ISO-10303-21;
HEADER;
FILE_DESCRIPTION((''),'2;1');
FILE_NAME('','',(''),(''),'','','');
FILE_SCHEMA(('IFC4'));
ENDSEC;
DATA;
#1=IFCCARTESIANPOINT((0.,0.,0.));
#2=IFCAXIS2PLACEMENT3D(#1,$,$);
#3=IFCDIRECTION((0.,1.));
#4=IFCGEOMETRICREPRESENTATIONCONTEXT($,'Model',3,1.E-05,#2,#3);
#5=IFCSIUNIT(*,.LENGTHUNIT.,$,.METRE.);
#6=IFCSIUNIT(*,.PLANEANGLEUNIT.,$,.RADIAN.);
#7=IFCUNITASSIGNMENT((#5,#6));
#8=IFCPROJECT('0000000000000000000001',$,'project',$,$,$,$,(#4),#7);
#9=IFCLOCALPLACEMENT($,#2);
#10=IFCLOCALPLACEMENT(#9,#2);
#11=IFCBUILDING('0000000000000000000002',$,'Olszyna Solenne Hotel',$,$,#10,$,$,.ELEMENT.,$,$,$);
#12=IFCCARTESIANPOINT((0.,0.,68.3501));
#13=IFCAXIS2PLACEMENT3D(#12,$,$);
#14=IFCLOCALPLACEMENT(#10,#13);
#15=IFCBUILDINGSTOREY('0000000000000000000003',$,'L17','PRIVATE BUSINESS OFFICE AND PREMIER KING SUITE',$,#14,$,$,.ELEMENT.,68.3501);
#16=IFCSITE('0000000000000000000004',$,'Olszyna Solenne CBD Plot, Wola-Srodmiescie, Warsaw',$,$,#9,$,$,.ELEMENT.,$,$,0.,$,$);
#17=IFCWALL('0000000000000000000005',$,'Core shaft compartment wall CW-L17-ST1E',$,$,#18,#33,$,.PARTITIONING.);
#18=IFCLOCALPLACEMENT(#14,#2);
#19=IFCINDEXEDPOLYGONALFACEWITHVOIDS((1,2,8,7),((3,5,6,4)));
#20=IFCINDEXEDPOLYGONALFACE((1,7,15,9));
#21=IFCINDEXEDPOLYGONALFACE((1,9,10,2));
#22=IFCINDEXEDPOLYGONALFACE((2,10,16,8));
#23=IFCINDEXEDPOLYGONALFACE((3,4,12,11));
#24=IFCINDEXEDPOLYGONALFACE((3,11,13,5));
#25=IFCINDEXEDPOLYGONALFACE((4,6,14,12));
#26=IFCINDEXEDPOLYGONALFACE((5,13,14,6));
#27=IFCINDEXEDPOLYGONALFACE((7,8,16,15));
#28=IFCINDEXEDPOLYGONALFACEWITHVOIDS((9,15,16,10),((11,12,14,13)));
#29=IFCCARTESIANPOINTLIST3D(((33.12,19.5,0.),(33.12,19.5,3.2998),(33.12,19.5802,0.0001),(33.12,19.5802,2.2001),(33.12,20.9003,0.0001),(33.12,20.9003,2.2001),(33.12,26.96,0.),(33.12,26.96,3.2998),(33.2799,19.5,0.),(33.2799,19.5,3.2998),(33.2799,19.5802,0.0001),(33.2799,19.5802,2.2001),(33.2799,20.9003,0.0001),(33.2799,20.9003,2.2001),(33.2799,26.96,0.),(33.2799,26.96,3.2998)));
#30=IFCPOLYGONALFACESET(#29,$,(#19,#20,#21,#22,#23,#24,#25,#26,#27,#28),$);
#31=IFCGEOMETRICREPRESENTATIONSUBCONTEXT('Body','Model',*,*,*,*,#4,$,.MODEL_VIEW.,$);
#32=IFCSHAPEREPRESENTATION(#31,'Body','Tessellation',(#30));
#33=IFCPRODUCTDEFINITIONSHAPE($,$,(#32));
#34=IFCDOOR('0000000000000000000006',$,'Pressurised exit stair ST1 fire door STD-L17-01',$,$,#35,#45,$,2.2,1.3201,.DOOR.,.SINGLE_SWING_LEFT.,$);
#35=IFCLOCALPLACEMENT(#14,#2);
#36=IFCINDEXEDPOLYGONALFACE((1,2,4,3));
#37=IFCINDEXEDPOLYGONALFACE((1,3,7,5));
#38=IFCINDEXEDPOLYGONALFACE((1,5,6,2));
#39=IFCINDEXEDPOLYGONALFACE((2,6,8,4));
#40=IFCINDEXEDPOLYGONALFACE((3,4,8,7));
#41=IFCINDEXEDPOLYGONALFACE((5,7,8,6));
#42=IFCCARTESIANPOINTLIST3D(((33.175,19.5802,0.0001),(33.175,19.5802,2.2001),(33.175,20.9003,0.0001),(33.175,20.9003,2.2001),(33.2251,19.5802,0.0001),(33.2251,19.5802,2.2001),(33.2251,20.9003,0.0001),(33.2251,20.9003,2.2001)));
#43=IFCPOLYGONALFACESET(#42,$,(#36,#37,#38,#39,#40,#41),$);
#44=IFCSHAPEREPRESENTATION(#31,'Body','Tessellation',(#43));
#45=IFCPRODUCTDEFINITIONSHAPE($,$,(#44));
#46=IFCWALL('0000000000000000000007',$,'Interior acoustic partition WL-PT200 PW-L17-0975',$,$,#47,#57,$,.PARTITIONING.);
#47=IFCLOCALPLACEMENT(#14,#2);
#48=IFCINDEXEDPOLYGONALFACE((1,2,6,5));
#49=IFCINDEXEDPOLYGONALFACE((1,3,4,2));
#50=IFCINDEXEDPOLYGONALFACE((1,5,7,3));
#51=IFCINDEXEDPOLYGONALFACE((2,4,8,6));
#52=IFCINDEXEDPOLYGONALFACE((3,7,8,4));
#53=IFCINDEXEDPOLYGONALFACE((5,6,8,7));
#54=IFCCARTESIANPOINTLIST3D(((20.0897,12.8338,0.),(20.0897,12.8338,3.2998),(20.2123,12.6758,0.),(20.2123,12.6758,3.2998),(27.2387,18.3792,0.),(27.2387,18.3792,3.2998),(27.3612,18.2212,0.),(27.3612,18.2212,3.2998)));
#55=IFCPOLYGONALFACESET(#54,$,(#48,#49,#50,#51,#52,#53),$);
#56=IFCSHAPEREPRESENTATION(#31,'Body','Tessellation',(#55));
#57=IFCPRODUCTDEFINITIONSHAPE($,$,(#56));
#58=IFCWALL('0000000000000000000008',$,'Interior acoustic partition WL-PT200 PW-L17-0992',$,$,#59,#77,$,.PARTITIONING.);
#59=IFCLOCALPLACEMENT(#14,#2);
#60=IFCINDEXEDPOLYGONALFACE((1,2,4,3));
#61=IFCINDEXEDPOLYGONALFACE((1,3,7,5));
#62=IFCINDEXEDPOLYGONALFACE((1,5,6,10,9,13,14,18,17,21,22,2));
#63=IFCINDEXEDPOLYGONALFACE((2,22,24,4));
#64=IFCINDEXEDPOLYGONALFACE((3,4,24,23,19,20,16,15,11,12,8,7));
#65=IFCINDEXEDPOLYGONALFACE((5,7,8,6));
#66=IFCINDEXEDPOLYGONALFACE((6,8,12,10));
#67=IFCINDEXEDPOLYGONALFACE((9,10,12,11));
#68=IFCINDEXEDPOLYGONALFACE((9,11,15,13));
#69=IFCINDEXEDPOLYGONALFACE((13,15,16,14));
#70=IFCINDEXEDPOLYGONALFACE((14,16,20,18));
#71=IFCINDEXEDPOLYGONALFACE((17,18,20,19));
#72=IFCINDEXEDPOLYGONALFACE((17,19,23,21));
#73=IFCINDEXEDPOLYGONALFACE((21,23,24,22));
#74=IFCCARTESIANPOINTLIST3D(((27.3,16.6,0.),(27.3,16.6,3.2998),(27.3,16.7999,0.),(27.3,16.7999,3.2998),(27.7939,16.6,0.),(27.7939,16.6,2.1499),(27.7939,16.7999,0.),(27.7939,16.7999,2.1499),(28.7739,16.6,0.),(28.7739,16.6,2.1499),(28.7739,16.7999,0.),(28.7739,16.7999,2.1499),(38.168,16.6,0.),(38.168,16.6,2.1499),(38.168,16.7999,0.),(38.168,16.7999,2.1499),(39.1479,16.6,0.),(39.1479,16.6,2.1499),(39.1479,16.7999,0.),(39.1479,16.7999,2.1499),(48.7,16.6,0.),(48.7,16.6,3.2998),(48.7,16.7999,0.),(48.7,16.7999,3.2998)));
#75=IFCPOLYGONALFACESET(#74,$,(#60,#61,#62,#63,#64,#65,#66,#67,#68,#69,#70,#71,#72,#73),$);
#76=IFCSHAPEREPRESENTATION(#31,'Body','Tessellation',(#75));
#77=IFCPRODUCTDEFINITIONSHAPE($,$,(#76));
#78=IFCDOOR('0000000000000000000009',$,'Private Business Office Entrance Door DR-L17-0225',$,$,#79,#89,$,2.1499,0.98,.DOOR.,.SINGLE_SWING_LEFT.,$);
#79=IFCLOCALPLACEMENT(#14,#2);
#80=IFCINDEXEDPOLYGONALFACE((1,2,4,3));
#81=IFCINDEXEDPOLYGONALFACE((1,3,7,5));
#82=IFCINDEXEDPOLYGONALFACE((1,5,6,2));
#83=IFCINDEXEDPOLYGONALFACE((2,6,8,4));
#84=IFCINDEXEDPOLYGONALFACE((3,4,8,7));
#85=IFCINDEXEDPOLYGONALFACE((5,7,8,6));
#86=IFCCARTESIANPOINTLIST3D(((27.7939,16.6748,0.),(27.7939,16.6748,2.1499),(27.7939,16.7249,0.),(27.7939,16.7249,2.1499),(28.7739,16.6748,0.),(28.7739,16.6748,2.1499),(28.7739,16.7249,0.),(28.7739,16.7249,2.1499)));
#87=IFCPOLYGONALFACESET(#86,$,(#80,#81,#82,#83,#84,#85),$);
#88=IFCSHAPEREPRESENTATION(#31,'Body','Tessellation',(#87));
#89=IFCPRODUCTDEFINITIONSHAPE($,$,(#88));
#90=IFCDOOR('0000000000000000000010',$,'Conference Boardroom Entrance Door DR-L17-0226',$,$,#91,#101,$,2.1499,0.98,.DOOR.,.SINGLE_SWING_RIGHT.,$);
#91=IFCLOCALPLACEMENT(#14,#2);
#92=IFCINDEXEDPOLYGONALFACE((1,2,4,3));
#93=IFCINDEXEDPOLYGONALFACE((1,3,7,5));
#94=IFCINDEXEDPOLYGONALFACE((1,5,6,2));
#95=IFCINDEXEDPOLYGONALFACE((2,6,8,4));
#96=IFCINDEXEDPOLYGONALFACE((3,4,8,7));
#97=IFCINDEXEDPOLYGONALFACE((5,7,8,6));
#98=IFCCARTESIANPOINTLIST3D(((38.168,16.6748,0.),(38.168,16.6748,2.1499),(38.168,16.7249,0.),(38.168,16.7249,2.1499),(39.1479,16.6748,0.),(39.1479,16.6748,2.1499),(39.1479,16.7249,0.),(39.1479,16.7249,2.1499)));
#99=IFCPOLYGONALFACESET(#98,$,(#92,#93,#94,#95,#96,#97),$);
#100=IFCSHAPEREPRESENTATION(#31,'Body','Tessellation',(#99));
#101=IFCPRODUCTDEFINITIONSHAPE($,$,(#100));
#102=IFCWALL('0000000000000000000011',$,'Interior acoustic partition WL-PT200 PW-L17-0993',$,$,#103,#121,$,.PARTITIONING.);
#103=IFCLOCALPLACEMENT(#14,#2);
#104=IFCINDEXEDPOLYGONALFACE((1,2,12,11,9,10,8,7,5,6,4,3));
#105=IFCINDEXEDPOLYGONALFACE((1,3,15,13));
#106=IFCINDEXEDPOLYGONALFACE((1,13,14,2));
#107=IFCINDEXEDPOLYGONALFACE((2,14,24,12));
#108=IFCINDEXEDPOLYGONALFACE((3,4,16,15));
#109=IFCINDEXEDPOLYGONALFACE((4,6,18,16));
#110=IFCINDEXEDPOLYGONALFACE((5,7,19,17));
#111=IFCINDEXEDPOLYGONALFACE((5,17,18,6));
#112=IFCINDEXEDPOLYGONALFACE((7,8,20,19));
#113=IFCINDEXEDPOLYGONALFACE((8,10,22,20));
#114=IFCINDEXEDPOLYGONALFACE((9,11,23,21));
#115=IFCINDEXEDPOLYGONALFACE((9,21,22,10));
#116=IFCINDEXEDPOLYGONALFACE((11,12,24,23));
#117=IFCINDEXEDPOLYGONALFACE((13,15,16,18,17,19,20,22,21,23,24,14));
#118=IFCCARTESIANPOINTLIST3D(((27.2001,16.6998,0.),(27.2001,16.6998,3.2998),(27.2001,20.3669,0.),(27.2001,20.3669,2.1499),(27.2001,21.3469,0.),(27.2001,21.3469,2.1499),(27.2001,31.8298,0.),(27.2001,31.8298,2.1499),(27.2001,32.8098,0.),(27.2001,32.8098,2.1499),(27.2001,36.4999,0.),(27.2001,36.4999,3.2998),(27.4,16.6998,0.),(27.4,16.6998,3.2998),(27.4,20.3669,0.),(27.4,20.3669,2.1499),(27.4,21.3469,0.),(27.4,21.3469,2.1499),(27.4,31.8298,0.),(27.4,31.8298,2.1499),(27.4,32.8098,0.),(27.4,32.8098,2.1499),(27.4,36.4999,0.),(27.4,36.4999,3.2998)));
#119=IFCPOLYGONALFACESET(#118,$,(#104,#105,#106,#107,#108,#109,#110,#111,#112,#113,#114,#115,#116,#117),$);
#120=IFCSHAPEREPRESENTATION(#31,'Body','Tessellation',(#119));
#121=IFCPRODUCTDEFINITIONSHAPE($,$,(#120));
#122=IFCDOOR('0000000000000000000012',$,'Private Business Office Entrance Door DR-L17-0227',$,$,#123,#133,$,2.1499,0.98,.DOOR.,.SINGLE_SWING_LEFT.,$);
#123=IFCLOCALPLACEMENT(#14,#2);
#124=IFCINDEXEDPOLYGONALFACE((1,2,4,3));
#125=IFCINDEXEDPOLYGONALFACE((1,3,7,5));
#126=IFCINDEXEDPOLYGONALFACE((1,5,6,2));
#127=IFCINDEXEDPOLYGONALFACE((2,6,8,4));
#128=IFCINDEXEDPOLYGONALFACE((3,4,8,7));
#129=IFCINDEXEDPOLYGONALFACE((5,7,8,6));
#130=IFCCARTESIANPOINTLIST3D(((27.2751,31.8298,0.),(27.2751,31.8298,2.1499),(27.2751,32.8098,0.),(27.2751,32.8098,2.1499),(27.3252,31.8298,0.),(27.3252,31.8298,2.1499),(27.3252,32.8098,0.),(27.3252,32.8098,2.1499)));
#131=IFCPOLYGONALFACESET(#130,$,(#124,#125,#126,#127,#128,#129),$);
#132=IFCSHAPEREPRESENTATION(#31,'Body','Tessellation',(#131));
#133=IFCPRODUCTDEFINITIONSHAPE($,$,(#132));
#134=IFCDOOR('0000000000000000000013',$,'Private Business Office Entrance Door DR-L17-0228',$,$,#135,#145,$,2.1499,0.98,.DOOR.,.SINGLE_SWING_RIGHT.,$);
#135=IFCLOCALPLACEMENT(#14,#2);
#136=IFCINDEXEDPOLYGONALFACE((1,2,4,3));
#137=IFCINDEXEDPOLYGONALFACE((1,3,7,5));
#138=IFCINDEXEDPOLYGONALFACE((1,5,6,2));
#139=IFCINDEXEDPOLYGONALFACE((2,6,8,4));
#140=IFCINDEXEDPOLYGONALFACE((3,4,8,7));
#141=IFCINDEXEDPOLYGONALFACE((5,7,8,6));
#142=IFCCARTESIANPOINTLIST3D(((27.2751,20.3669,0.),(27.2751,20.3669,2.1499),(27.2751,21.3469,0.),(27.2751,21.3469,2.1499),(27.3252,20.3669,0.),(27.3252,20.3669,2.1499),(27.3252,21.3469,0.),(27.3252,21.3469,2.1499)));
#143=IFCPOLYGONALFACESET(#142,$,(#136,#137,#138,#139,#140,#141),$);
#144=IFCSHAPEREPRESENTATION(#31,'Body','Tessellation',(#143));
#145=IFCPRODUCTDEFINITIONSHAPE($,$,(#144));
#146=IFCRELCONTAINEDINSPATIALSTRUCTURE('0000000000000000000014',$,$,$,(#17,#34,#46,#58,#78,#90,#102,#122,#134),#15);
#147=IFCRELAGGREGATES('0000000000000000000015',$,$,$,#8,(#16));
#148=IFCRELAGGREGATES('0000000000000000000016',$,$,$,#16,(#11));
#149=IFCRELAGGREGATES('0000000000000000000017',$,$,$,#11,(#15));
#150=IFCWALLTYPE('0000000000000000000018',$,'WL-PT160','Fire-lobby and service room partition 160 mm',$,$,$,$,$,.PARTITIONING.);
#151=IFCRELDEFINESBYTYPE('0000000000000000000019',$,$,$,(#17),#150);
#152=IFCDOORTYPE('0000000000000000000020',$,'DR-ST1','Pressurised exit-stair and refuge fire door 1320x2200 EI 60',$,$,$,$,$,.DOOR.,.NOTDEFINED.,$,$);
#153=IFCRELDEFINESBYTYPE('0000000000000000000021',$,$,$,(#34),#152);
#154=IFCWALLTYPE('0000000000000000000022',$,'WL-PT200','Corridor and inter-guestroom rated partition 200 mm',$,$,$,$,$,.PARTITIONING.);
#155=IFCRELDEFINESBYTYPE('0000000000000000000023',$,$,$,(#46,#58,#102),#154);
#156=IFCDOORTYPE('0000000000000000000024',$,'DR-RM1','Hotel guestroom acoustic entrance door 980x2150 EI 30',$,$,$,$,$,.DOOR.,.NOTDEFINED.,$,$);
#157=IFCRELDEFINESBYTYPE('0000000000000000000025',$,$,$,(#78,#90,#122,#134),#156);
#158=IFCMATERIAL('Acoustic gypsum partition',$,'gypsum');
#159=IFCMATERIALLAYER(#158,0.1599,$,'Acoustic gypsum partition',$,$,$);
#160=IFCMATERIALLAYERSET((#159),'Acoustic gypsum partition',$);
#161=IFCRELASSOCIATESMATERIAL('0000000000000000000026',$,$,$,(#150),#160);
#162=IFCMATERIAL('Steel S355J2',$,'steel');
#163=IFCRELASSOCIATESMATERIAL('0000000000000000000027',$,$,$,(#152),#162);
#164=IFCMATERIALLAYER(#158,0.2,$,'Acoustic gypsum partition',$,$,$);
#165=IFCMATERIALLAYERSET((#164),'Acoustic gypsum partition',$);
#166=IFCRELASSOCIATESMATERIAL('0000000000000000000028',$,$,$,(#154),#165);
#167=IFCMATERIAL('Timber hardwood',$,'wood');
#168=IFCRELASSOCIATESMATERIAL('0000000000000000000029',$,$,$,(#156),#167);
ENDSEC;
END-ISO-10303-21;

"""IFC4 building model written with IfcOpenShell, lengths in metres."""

from ifc_helpers import new_model, si_unit, direction, frame, frame_2d, origin, place, context, subcontext, project, spatial, rectangle, extrude, source, transform, mapped, material, layer, layer_set, type_object, type_shapes, element, fill, save


model = new_model("IFC4")

# Units and contexts
model_context = context("Model", 3, precision=1e-05, world=origin(), true_north=direction((0.0, 1.0)))
body_context = subcontext(model_context, "Body", "Model", "MODEL_VIEW")
ifc_project = project(units=[si_unit("LENGTHUNIT", "METRE"), si_unit("PLANEANGLEUNIT", "RADIAN")], contexts=[model_context])

# Site, building, storey
site_placement = place(None, origin())
site = spatial("IfcSite", under=ifc_project, at=site_placement, Name="Olszyna Solenne CBD Plot, Wola-Srodmiescie, Warsaw", CompositionType="ELEMENT", RefElevation=0.0)
building_placement = place(site_placement, origin())
building = spatial("IfcBuilding", under=site, at=building_placement, Name="Olszyna Solenne Hotel", CompositionType="ELEMENT")
storey_placement = place(building_placement, frame((0.0, 0.0, 68.3501)))
storey = spatial("IfcBuildingStorey", under=building, at=storey_placement, Name="L17", Description="PRIVATE BUSINESS OFFICE AND PREMIER KING SUITE", CompositionType="ELEMENT", Elevation=68.3501)

# Shared definitions
ifc_material_1 = material(Name="Steel S355J2", Category="steel")

# Shared definitions
ifc_material_2 = material(Name="Timber hardwood", Category="wood")

# Wall, opening, door
ifc_material_3 = material(Name="Acoustic gypsum partition", Category="gypsum")
ifc_layer_1 = layer(ifc_material_3, 0.1599, Name="Acoustic gypsum partition")
ifc_layer_set_1 = layer_set([ifc_layer_1], Name="Acoustic gypsum partition")
wall_type_1 = type_object("IfcWallType", Name="WL-PT160", Description="Fire-lobby and service room partition 160 mm", PredefinedType="PARTITIONING", material=ifc_layer_set_1)
wall_1_placement = place(storey_placement, frame((33.2, 19.5, 0.0), z_axis=(0.0, 0.0, 1.0), x_axis=(0.0, 1.0, 0.0)))
wall_1 = element("IfcWall", 1, at=wall_1_placement, inside=storey, type_object=wall_type_1, Name="Core shaft compartment wall CW-L17-ST1E", PredefinedType="PARTITIONING", context=body_context, shape_type="SweptSolid", body=[
    extrude(rectangle(XDim=7.46, YDim=0.1599, at=frame_2d((3.73, 0.0))), origin(), (0.0, 0.0, 1.0), 3.2998),
])
opening_1_placement = place(wall_1_placement, frame((0.0801, 0.0, 0.0)))
opening_1 = element("IfcOpeningElement", 2, at=opening_1_placement, cuts=wall_1, PredefinedType="OPENING", context=body_context, shape_type="SweptSolid", body=[
    extrude(rectangle(XDim=1.3201, YDim=2.2, at=frame_2d((0.6602, 1.1001))), frame((0.0, 0.0898, 0.0), z_axis=(0.0, -1.0, 0.0), x_axis=(1.0, 0.0, 0.0)), (0.0, 0.0, 1.0), 0.1799),
])
door_type_1 = type_object("IfcDoorType", Name="DR-ST1", Description="Pressurised exit-stair and refuge fire door 1320x2200 EI 60", OperationType="NOTDEFINED", PredefinedType="DOOR", material=ifc_material_1)
shared_shape_1 = source(origin(), body_context, "Body", "SweptSolid", [
    extrude(rectangle(XDim=1.3201, YDim=2.2, at=frame_2d((0.6602, 1.1001))), frame((0.0, 0.0249, 0.0), z_axis=(0.0, -1.0, 0.0), x_axis=(1.0, 0.0, 0.0)), (0.0, 0.0, 1.0), 0.05),
])
type_shapes(door_type_1, [shared_shape_1])
door_1_placement = place(opening_1_placement, origin())
door_1 = element("IfcDoor", 3, at=door_1_placement, inside=storey, type_object=door_type_1, Name="Pressurised exit stair ST1 fire door STD-L17-01", OperationType="SINGLE_SWING_LEFT", OverallHeight=2.2, OverallWidth=1.3201, PredefinedType="DOOR", context=body_context, shape_type="MappedRepresentation", body=[
    mapped(shared_shape_1, transform((0.0, 0.0, 0.0), x_axis=(1.0, 0.0, 0.0), y_axis=(0.0, 1.0, 0.0), z_axis=(0.0, 0.0, 1.0), scale=1.0)),
])
fill(opening_1, door_1)

# Wall
ifc_layer_2 = layer(ifc_material_3, 0.2, Name="Acoustic gypsum partition")
ifc_layer_set_2 = layer_set([ifc_layer_2], Name="Acoustic gypsum partition")
wall_type_2 = type_object("IfcWallType", Name="WL-PT200", Description="Corridor and inter-guestroom rated partition 200 mm", PredefinedType="PARTITIONING", material=ifc_layer_set_2)
wall_2_placement = place(storey_placement, frame((27.3, 18.3003, 0.0), z_axis=(0.0, 0.0, 1.0), x_axis=(-0.790148, -0.612916, 0.0)))
element("IfcWall", 4, at=wall_2_placement, inside=storey, type_object=wall_type_2, Name="Interior acoustic partition WL-PT200 PW-L17-0975", PredefinedType="PARTITIONING", context=body_context, shape_type="SweptSolid", body=[
    extrude(rectangle(XDim=9.0476, YDim=0.2, at=frame_2d((4.5239, 0.0))), origin(), (0.0, 0.0, 1.0), 3.2998),
])

# Walls, openings, doors
wall_3_placement = place(storey_placement, frame((27.3, 16.7, 0.0), z_axis=(0.0, 0.0, 1.0), x_axis=(1.0, 0.0, 0.0)))
wall_3 = element("IfcWall", 5, at=wall_3_placement, inside=storey, type_object=wall_type_2, Name="Interior acoustic partition WL-PT200 PW-L17-0992", PredefinedType="PARTITIONING", context=body_context, shape_type="SweptSolid", body=[
    extrude(rectangle(XDim=21.3999, YDim=0.2, at=frame_2d((10.7, 0.0))), origin(), (0.0, 0.0, 1.0), 3.2998),
])
opening_2_placement = place(wall_3_placement, frame((0.4939, 0.0, 0.0)))
opening_2 = element("IfcOpeningElement", 6, at=opening_2_placement, cuts=wall_3, PredefinedType="OPENING", context=body_context, shape_type="SweptSolid", body=[
    extrude(rectangle(XDim=0.98, YDim=2.1499, at=frame_2d((0.49, 1.075))), frame((0.0, 0.1099, 0.0), z_axis=(0.0, -1.0, 0.0), x_axis=(1.0, 0.0, 0.0)), (0.0, 0.0, 1.0), 0.22),
])
opening_3_placement = place(wall_3_placement, frame((10.8679, 0.0, 0.0)))
opening_3 = element("IfcOpeningElement", 7, at=opening_3_placement, cuts=wall_3, PredefinedType="OPENING", context=body_context, shape_type="SweptSolid", body=[
    extrude(rectangle(XDim=0.98, YDim=2.1499, at=frame_2d((0.49, 1.075))), frame((0.0, 0.1099, 0.0), z_axis=(0.0, -1.0, 0.0), x_axis=(1.0, 0.0, 0.0)), (0.0, 0.0, 1.0), 0.22),
])
door_type_2 = type_object("IfcDoorType", Name="DR-RM1", Description="Hotel guestroom acoustic entrance door 980x2150 EI 30", OperationType="NOTDEFINED", PredefinedType="DOOR", material=ifc_material_2)
shared_shape_2 = source(origin(), body_context, "Body", "SweptSolid", [
    extrude(rectangle(XDim=0.98, YDim=2.1499, at=frame_2d((0.49, 1.075))), frame((0.0, 0.0249, 0.0), z_axis=(0.0, -1.0, 0.0), x_axis=(1.0, 0.0, 0.0)), (0.0, 0.0, 1.0), 0.05),
])
type_shapes(door_type_2, [shared_shape_2])
door_2_placement = place(opening_2_placement, origin())
door_2 = element("IfcDoor", 8, at=door_2_placement, inside=storey, type_object=door_type_2, Name="Private Business Office Entrance Door DR-L17-0225", OperationType="SINGLE_SWING_LEFT", OverallHeight=2.1499, OverallWidth=0.98, PredefinedType="DOOR", context=body_context, shape_type="MappedRepresentation", body=[
    mapped(shared_shape_2, transform((0.0, 0.0, 0.0), x_axis=(1.0, 0.0, 0.0), y_axis=(0.0, 1.0, 0.0), z_axis=(0.0, 0.0, 1.0), scale=1.0)),
])
fill(opening_2, door_2)
door_3_placement = place(opening_3_placement, origin())
door_3 = element("IfcDoor", 9, at=door_3_placement, inside=storey, type_object=door_type_2, Name="Conference Boardroom Entrance Door DR-L17-0226", OperationType="SINGLE_SWING_RIGHT", OverallHeight=2.1499, OverallWidth=0.98, PredefinedType="DOOR", context=body_context, shape_type="MappedRepresentation", body=[
    mapped(shared_shape_2, transform((0.0, 0.0, 0.0), x_axis=(1.0, 0.0, 0.0), y_axis=(0.0, 1.0, 0.0), z_axis=(0.0, 0.0, 1.0), scale=1.0)),
])
fill(opening_3, door_3)
wall_4_placement = place(storey_placement, frame((27.3, 16.7, 0.0), z_axis=(0.0, 0.0, 1.0), x_axis=(0.0, 1.0, 0.0)))
wall_4 = element("IfcWall", 10, at=wall_4_placement, inside=storey, type_object=wall_type_2, Name="Interior acoustic partition WL-PT200 PW-L17-0993", PredefinedType="PARTITIONING", context=body_context, shape_type="SweptSolid", body=[
    extrude(rectangle(XDim=19.8, YDim=0.2, at=frame_2d((9.8999, 0.0))), origin(), (0.0, 0.0, 1.0), 3.2998),
])
opening_4_placement = place(wall_4_placement, frame((15.1299, 0.0, 0.0)))
opening_4 = element("IfcOpeningElement", 11, at=opening_4_placement, cuts=wall_4, PredefinedType="OPENING", context=body_context, shape_type="SweptSolid", body=[
    extrude(rectangle(XDim=0.98, YDim=2.1499, at=frame_2d((0.49, 1.075))), frame((0.0, 0.1099, 0.0), z_axis=(0.0, -1.0, 0.0), x_axis=(1.0, 0.0, 0.0)), (0.0, 0.0, 1.0), 0.22),
])
opening_5_placement = place(wall_4_placement, frame((3.667, 0.0, 0.0)))
opening_5 = element("IfcOpeningElement", 12, at=opening_5_placement, cuts=wall_4, PredefinedType="OPENING", context=body_context, shape_type="SweptSolid", body=[
    extrude(rectangle(XDim=0.98, YDim=2.1499, at=frame_2d((0.49, 1.075))), frame((0.0, 0.1099, 0.0), z_axis=(0.0, -1.0, 0.0), x_axis=(1.0, 0.0, 0.0)), (0.0, 0.0, 1.0), 0.22),
])
door_4_placement = place(opening_4_placement, origin())
door_4 = element("IfcDoor", 13, at=door_4_placement, inside=storey, type_object=door_type_2, Name="Private Business Office Entrance Door DR-L17-0227", OperationType="SINGLE_SWING_LEFT", OverallHeight=2.1499, OverallWidth=0.98, PredefinedType="DOOR", context=body_context, shape_type="MappedRepresentation", body=[
    mapped(shared_shape_2, transform((0.0, 0.0, 0.0), x_axis=(1.0, 0.0, 0.0), y_axis=(0.0, 1.0, 0.0), z_axis=(0.0, 0.0, 1.0), scale=1.0)),
])
fill(opening_4, door_4)
door_5_placement = place(opening_5_placement, origin())
door_5 = element("IfcDoor", 14, at=door_5_placement, inside=storey, type_object=door_type_2, Name="Private Business Office Entrance Door DR-L17-0228", OperationType="SINGLE_SWING_RIGHT", OverallHeight=2.1499, OverallWidth=0.98, PredefinedType="DOOR", context=body_context, shape_type="MappedRepresentation", body=[
    mapped(shared_shape_2, transform((0.0, 0.0, 0.0), x_axis=(1.0, 0.0, 0.0), y_axis=(0.0, 1.0, 0.0), z_axis=(0.0, 0.0, 1.0), scale=1.0)),
])
fill(opening_5, door_5)

save(model, "model.ifc")
